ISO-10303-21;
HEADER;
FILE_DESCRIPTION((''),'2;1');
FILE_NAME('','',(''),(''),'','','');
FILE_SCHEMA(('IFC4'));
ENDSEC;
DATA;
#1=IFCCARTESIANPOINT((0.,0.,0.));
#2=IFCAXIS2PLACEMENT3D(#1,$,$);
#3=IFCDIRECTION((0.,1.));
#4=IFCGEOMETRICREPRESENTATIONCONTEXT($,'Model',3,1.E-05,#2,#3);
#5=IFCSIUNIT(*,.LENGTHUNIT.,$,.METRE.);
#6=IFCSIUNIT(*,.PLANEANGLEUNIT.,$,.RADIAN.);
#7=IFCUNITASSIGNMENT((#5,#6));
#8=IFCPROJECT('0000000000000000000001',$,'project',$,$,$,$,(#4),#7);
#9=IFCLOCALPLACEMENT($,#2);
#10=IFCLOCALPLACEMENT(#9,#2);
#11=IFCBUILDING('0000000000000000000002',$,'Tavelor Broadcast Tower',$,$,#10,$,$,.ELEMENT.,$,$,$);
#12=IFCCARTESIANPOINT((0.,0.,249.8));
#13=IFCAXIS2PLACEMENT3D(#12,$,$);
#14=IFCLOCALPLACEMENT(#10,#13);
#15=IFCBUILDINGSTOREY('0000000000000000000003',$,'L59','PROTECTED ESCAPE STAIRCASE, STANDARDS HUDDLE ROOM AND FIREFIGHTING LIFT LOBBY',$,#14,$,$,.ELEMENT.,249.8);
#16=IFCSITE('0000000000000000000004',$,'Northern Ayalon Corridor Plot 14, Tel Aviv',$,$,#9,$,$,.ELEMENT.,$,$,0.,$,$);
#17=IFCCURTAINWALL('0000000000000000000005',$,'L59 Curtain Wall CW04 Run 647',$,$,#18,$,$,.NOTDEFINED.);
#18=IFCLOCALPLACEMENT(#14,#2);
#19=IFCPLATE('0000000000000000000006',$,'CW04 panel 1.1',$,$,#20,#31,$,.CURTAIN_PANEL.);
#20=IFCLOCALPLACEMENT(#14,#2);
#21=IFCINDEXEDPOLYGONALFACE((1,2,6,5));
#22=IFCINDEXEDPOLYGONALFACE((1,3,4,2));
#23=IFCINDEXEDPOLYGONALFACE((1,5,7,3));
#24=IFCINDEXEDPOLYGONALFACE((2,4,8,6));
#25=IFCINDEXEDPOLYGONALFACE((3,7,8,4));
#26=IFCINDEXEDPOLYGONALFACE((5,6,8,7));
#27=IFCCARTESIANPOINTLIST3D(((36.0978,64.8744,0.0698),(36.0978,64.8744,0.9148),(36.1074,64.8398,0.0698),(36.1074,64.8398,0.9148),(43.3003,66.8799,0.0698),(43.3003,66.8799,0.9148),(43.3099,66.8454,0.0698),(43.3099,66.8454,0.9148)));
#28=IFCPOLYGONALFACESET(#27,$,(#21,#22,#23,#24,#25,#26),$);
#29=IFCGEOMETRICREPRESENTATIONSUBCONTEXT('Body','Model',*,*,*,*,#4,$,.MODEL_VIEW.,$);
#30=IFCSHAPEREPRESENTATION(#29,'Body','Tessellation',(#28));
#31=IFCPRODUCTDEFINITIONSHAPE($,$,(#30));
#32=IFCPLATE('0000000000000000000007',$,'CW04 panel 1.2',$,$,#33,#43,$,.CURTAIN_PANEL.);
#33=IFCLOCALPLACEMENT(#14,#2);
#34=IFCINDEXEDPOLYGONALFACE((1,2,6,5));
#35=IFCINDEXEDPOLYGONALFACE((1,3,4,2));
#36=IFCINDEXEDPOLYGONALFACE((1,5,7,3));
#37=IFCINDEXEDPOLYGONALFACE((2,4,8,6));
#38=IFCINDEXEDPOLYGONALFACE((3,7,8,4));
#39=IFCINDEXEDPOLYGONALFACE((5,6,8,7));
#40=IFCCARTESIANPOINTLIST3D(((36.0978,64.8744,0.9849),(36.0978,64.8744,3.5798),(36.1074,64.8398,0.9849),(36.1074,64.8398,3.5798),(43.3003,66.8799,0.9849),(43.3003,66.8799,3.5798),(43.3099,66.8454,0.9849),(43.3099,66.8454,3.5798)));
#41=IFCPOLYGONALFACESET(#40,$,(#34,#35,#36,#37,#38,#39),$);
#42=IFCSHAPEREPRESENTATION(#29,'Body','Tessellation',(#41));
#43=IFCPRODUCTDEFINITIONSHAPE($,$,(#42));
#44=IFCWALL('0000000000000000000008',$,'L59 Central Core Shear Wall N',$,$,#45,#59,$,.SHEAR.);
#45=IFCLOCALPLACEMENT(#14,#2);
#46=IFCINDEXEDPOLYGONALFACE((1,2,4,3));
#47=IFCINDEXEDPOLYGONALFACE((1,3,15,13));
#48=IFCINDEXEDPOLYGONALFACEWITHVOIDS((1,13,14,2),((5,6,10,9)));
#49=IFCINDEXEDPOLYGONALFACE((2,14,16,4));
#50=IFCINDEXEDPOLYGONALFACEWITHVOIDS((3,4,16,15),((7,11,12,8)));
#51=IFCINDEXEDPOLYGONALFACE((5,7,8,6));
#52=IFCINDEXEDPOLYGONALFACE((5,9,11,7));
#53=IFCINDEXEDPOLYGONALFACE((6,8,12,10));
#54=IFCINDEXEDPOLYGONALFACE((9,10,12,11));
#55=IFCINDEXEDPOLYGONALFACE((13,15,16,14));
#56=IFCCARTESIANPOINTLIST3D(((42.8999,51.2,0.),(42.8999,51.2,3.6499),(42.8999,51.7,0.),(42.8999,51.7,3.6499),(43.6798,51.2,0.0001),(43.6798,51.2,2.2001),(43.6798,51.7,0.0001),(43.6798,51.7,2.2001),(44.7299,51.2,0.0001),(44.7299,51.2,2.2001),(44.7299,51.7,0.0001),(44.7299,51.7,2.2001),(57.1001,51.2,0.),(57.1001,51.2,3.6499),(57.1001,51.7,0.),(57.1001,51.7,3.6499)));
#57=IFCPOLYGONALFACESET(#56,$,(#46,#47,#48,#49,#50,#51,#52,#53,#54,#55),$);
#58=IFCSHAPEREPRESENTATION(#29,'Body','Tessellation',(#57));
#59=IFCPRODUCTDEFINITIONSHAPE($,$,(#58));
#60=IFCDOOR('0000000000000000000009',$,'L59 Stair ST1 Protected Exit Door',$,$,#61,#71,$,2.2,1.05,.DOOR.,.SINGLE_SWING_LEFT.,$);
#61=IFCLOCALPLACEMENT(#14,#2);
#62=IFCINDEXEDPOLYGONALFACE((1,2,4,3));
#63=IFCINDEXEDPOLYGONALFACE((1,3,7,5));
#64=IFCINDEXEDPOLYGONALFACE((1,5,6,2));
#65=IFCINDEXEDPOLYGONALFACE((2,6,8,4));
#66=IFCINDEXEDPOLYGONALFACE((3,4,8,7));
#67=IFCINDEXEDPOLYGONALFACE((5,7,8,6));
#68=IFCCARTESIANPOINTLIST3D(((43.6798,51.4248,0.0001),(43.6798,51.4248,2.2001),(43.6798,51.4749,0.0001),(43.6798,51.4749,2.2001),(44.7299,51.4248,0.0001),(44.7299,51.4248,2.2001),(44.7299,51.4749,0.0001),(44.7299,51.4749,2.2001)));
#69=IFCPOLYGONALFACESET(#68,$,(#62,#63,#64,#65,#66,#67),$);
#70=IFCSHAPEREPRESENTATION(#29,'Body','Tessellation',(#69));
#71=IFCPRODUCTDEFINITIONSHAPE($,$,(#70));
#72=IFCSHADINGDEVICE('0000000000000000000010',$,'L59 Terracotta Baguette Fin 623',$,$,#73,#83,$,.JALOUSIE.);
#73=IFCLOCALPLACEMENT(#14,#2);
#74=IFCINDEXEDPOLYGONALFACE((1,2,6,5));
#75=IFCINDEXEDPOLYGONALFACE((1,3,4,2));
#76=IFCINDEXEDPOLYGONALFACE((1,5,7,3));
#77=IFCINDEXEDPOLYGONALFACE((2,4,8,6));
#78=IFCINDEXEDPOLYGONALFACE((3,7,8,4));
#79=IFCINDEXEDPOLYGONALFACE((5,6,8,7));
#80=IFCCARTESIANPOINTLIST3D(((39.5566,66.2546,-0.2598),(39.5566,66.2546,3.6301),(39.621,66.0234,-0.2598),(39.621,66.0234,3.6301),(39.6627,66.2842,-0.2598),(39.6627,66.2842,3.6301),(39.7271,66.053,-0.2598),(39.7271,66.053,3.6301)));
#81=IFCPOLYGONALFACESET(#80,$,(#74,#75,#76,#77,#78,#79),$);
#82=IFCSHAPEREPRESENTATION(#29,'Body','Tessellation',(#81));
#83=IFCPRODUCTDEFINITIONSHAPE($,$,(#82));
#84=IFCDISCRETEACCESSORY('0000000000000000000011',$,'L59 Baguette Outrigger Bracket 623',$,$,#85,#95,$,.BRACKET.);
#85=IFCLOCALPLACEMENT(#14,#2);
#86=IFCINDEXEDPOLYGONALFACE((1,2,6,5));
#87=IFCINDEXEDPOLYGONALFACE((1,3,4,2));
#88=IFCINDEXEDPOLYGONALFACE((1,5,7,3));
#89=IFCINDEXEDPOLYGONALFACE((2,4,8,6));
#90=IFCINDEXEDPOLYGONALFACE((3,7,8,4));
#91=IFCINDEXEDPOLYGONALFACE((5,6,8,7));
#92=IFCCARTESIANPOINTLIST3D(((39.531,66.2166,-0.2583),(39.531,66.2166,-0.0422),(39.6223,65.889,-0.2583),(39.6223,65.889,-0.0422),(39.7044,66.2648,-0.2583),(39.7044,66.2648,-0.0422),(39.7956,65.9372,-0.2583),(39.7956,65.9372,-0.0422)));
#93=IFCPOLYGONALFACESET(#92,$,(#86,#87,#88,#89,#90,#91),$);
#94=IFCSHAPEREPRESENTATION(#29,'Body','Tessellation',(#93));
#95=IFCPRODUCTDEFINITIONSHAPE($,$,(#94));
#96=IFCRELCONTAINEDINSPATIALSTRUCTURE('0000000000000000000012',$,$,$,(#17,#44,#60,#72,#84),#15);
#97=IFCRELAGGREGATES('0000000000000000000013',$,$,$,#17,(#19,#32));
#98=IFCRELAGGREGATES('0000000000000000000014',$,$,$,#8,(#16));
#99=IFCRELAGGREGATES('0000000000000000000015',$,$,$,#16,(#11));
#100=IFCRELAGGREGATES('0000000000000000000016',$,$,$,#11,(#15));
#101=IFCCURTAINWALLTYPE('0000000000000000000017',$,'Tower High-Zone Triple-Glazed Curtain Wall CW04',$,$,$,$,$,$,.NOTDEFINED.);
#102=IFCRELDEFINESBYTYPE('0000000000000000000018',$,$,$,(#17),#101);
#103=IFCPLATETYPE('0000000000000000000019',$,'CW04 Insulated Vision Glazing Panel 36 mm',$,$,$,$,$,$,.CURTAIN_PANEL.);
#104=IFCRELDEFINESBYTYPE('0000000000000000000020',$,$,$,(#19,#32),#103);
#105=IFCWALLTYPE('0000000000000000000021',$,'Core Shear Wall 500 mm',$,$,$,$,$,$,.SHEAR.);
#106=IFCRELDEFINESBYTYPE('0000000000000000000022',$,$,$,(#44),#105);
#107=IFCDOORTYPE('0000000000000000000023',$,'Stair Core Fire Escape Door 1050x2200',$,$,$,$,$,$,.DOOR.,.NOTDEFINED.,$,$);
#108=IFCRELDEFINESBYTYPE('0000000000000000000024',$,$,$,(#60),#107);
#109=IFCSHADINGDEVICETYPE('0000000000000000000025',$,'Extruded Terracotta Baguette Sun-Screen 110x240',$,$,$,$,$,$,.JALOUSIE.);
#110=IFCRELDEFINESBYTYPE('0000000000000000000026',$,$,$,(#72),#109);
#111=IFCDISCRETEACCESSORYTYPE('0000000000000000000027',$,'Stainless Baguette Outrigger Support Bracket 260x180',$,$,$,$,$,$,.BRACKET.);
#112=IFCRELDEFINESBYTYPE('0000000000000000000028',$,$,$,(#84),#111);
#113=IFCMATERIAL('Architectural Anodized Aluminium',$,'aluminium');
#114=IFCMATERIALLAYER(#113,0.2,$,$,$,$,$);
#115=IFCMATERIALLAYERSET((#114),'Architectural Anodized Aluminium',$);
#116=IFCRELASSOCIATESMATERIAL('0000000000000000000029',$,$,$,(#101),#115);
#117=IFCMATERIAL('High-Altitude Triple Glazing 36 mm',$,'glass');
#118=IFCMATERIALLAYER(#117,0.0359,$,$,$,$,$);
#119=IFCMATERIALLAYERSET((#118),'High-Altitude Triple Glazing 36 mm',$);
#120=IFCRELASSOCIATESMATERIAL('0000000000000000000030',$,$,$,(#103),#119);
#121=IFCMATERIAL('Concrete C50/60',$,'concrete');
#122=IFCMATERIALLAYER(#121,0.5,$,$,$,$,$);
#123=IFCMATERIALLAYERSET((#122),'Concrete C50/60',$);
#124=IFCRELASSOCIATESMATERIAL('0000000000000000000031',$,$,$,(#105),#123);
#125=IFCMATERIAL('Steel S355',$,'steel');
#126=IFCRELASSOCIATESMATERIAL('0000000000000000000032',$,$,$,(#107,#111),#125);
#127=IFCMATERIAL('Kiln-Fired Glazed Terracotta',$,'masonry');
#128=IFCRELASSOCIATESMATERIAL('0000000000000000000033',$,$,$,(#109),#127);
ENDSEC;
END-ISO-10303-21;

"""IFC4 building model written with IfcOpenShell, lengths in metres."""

from ifc_helpers import new_model, si_unit, direction, frame, frame_2d, origin, origin_2d, place, context, subcontext, project, spatial, rectangle, extrude, source, transform, mapped, material, layer, layer_set, type_object, type_shapes, element, fill, aggregate, save


model = new_model("IFC4")

# Units and contexts
model_context = context("Model", 3, precision=1e-05, world=origin(), true_north=direction((0.0, 1.0)))
body_context = subcontext(model_context, "Body", "Model", "MODEL_VIEW")
ifc_project = project(units=[si_unit("LENGTHUNIT", "METRE"), si_unit("PLANEANGLEUNIT", "RADIAN")], contexts=[model_context])

# Site, building, storey
site_placement = place(None, origin())
site = spatial("IfcSite", under=ifc_project, at=site_placement, Name="Northern Ayalon Corridor Plot 14, Tel Aviv", CompositionType="ELEMENT", RefElevation=0.0)
building_placement = place(site_placement, origin())
building = spatial("IfcBuilding", under=site, at=building_placement, Name="Tavelor Broadcast Tower", CompositionType="ELEMENT")
storey_placement = place(building_placement, frame((0.0, 0.0, 249.8)))
storey = spatial("IfcBuildingStorey", under=building, at=storey_placement, Name="L59", Description="PROTECTED ESCAPE STAIRCASE, STANDARDS HUDDLE ROOM AND FIREFIGHTING LIFT LOBBY", CompositionType="ELEMENT", Elevation=249.8)

# Shared definitions
ifc_material_1 = material(Name="Steel S355", Category="steel")

# Curtain wall
ifc_material_2 = material(Name="Architectural Anodized Aluminium", Category="aluminium")
ifc_layer_1 = layer(ifc_material_2, 0.2)
ifc_layer_set_1 = layer_set([ifc_layer_1], Name="Architectural Anodized Aluminium")
curtain_wall_type = type_object("IfcCurtainWallType", Name="Tower High-Zone Triple-Glazed Curtain Wall CW04", PredefinedType="NOTDEFINED", material=ifc_layer_set_1)
curtain_wall_1_placement = place(storey_placement, origin())
curtain_wall_1 = element("IfcCurtainWall", 1, at=curtain_wall_1_placement, inside=storey, type_object=curtain_wall_type, Name="L59 Curtain Wall CW04 Run 647", PredefinedType="NOTDEFINED")

# Plates
ifc_material_3 = material(Name="High-Altitude Triple Glazing 36 mm", Category="glass")
ifc_layer_2 = layer(ifc_material_3, 0.0359)
ifc_layer_set_2 = layer_set([ifc_layer_2], Name="High-Altitude Triple Glazing 36 mm")
plate_type_1 = type_object("IfcPlateType", Name="CW04 Insulated Vision Glazing Panel 36 mm", PredefinedType="CURTAIN_PANEL", material=ifc_layer_set_2)
shared_shape_1 = source(origin(), body_context, "Body", "SweptSolid", [
    extrude(rectangle(XDim=7.4766, YDim=0.0359, at=origin_2d()), origin(), (0.0, 0.0, 1.0), 0.845),
])
plate_1_placement = place(storey_placement, frame((39.7039, 65.8599, 0.0698), z_axis=(0.0, 0.0, 1.0), x_axis=(-0.96335, -0.268249, 0.0)))
plate_1 = element("IfcPlate", 2, at=plate_1_placement, type_object=plate_type_1, Name="CW04 panel 1.1", PredefinedType="CURTAIN_PANEL", context=body_context, shape_type="MappedRepresentation", body=[
    mapped(shared_shape_1, transform((0.0, 0.0, 0.0), scale=1.0)),
])
shared_shape_2 = source(origin(), body_context, "Body", "SweptSolid", [
    extrude(rectangle(XDim=7.4766, YDim=0.0359, at=origin_2d()), origin(), (0.0, 0.0, 1.0), 2.595),
])
type_shapes(plate_type_1, [shared_shape_1, shared_shape_2])
plate_2_placement = place(storey_placement, frame((39.7039, 65.8599, 0.9849), z_axis=(0.0, 0.0, 1.0), x_axis=(-0.96335, -0.268249, 0.0)))
plate_2 = element("IfcPlate", 3, at=plate_2_placement, type_object=plate_type_1, Name="CW04 panel 1.2", PredefinedType="CURTAIN_PANEL", context=body_context, shape_type="MappedRepresentation", body=[
    mapped(shared_shape_2, transform((0.0, 0.0, 0.0), scale=1.0)),
])
aggregate(curtain_wall_1, [plate_1, plate_2])

# Wall, opening, door
ifc_material_4 = material(Name="Concrete C50/60", Category="concrete")
ifc_layer_3 = layer(ifc_material_4, 0.5)
ifc_layer_set_3 = layer_set([ifc_layer_3], Name="Concrete C50/60")
wall_type = type_object("IfcWallType", Name="Core Shear Wall 500 mm", PredefinedType="SHEAR", material=ifc_layer_set_3)
wall_placement = place(storey_placement, frame((42.8999, 51.45, 0.0), z_axis=(0.0, 0.0, 1.0), x_axis=(1.0, 0.0, 0.0)))
wall = element("IfcWall", 4, at=wall_placement, inside=storey, type_object=wall_type, Name="L59 Central Core Shear Wall N", PredefinedType="SHEAR", context=body_context, shape_type="SweptSolid", body=[
    extrude(rectangle(XDim=14.2002, YDim=0.5, at=frame_2d((7.1001, 0.0))), origin(), (0.0, 0.0, 1.0), 3.6499),
])
opening_placement = place(wall_placement, frame((0.78, 0.0, 0.0)))
opening = element("IfcOpeningElement", 5, at=opening_placement, cuts=wall, PredefinedType="OPENING", context=body_context, shape_type="SweptSolid", body=[
    extrude(rectangle(XDim=1.05, YDim=2.2, at=frame_2d((0.5249, 1.1001))), frame((0.0, 0.26, 0.0), z_axis=(0.0, -1.0, 0.0), x_axis=(1.0, 0.0, 0.0)), (0.0, 0.0, 1.0), 0.52),
])
door_type = type_object("IfcDoorType", Name="Stair Core Fire Escape Door 1050x2200", OperationType="NOTDEFINED", PredefinedType="DOOR", material=ifc_material_1)
door_placement = place(opening_placement, origin())
door = element("IfcDoor", 6, at=door_placement, inside=storey, type_object=door_type, Name="L59 Stair ST1 Protected Exit Door", OperationType="SINGLE_SWING_LEFT", OverallHeight=2.2, OverallWidth=1.05, PredefinedType="DOOR", context=body_context, shape_type="SweptSolid", body=[
    extrude(rectangle(XDim=1.05, YDim=2.2, at=frame_2d((0.5249, 1.1001))), frame((0.0, 0.0249, 0.0), z_axis=(0.0, -1.0, 0.0), x_axis=(1.0, 0.0, 0.0)), (0.0, 0.0, 1.0), 0.05),
])
fill(opening, door)

# Shading device
ifc_material_5 = material(Name="Kiln-Fired Glazed Terracotta", Category="masonry")
shading_device_type = type_object("IfcShadingDeviceType", Name="Extruded Terracotta Baguette Sun-Screen 110x240", PredefinedType="JALOUSIE", material=ifc_material_5)
shared_shape_3 = source(origin(), body_context, "Body", "SweptSolid", [
    extrude(rectangle(XDim=0.1101, YDim=0.24, at=origin_2d()), origin(), (0.0, 0.0, 1.0), 3.8899),
])
type_shapes(shading_device_type, [shared_shape_3])
shading_device_placement = place(storey_placement, frame((39.6418, 66.1538, -0.2598), z_axis=(0.0, 0.0, 1.0), x_axis=(-0.96335, -0.268247, 0.0)))
element("IfcShadingDevice", 7, at=shading_device_placement, inside=storey, type_object=shading_device_type, Name="L59 Terracotta Baguette Fin 623", PredefinedType="JALOUSIE", context=body_context, shape_type="MappedRepresentation", body=[
    mapped(shared_shape_3, transform((0.0, 0.0, 0.0), scale=1.0)),
])

# Discrete accessory
discrete_accessory_type = type_object("IfcDiscreteAccessoryType", Name="Stainless Baguette Outrigger Support Bracket 260x180", PredefinedType="BRACKET", material=ifc_material_1)
shared_shape_4 = source(origin(), body_context, "Body", "SweptSolid", [
    extrude(rectangle(XDim=0.1799, YDim=0.3401, at=origin_2d()), origin(), (0.0, 0.0, 1.0), 0.2161),
])
type_shapes(discrete_accessory_type, [shared_shape_4])
discrete_accessory_placement = place(storey_placement, frame((39.6633, 66.0769, -0.2583), z_axis=(0.0, 0.0, 1.0), x_axis=(-0.96335, -0.268247, 0.0)))
element("IfcDiscreteAccessory", 8, at=discrete_accessory_placement, inside=storey, type_object=discrete_accessory_type, Name="L59 Baguette Outrigger Bracket 623", PredefinedType="BRACKET", context=body_context, shape_type="MappedRepresentation", body=[
    mapped(shared_shape_4, transform((0.0, 0.0, 0.0), scale=1.0)),
])

save(model, "model.ifc")
